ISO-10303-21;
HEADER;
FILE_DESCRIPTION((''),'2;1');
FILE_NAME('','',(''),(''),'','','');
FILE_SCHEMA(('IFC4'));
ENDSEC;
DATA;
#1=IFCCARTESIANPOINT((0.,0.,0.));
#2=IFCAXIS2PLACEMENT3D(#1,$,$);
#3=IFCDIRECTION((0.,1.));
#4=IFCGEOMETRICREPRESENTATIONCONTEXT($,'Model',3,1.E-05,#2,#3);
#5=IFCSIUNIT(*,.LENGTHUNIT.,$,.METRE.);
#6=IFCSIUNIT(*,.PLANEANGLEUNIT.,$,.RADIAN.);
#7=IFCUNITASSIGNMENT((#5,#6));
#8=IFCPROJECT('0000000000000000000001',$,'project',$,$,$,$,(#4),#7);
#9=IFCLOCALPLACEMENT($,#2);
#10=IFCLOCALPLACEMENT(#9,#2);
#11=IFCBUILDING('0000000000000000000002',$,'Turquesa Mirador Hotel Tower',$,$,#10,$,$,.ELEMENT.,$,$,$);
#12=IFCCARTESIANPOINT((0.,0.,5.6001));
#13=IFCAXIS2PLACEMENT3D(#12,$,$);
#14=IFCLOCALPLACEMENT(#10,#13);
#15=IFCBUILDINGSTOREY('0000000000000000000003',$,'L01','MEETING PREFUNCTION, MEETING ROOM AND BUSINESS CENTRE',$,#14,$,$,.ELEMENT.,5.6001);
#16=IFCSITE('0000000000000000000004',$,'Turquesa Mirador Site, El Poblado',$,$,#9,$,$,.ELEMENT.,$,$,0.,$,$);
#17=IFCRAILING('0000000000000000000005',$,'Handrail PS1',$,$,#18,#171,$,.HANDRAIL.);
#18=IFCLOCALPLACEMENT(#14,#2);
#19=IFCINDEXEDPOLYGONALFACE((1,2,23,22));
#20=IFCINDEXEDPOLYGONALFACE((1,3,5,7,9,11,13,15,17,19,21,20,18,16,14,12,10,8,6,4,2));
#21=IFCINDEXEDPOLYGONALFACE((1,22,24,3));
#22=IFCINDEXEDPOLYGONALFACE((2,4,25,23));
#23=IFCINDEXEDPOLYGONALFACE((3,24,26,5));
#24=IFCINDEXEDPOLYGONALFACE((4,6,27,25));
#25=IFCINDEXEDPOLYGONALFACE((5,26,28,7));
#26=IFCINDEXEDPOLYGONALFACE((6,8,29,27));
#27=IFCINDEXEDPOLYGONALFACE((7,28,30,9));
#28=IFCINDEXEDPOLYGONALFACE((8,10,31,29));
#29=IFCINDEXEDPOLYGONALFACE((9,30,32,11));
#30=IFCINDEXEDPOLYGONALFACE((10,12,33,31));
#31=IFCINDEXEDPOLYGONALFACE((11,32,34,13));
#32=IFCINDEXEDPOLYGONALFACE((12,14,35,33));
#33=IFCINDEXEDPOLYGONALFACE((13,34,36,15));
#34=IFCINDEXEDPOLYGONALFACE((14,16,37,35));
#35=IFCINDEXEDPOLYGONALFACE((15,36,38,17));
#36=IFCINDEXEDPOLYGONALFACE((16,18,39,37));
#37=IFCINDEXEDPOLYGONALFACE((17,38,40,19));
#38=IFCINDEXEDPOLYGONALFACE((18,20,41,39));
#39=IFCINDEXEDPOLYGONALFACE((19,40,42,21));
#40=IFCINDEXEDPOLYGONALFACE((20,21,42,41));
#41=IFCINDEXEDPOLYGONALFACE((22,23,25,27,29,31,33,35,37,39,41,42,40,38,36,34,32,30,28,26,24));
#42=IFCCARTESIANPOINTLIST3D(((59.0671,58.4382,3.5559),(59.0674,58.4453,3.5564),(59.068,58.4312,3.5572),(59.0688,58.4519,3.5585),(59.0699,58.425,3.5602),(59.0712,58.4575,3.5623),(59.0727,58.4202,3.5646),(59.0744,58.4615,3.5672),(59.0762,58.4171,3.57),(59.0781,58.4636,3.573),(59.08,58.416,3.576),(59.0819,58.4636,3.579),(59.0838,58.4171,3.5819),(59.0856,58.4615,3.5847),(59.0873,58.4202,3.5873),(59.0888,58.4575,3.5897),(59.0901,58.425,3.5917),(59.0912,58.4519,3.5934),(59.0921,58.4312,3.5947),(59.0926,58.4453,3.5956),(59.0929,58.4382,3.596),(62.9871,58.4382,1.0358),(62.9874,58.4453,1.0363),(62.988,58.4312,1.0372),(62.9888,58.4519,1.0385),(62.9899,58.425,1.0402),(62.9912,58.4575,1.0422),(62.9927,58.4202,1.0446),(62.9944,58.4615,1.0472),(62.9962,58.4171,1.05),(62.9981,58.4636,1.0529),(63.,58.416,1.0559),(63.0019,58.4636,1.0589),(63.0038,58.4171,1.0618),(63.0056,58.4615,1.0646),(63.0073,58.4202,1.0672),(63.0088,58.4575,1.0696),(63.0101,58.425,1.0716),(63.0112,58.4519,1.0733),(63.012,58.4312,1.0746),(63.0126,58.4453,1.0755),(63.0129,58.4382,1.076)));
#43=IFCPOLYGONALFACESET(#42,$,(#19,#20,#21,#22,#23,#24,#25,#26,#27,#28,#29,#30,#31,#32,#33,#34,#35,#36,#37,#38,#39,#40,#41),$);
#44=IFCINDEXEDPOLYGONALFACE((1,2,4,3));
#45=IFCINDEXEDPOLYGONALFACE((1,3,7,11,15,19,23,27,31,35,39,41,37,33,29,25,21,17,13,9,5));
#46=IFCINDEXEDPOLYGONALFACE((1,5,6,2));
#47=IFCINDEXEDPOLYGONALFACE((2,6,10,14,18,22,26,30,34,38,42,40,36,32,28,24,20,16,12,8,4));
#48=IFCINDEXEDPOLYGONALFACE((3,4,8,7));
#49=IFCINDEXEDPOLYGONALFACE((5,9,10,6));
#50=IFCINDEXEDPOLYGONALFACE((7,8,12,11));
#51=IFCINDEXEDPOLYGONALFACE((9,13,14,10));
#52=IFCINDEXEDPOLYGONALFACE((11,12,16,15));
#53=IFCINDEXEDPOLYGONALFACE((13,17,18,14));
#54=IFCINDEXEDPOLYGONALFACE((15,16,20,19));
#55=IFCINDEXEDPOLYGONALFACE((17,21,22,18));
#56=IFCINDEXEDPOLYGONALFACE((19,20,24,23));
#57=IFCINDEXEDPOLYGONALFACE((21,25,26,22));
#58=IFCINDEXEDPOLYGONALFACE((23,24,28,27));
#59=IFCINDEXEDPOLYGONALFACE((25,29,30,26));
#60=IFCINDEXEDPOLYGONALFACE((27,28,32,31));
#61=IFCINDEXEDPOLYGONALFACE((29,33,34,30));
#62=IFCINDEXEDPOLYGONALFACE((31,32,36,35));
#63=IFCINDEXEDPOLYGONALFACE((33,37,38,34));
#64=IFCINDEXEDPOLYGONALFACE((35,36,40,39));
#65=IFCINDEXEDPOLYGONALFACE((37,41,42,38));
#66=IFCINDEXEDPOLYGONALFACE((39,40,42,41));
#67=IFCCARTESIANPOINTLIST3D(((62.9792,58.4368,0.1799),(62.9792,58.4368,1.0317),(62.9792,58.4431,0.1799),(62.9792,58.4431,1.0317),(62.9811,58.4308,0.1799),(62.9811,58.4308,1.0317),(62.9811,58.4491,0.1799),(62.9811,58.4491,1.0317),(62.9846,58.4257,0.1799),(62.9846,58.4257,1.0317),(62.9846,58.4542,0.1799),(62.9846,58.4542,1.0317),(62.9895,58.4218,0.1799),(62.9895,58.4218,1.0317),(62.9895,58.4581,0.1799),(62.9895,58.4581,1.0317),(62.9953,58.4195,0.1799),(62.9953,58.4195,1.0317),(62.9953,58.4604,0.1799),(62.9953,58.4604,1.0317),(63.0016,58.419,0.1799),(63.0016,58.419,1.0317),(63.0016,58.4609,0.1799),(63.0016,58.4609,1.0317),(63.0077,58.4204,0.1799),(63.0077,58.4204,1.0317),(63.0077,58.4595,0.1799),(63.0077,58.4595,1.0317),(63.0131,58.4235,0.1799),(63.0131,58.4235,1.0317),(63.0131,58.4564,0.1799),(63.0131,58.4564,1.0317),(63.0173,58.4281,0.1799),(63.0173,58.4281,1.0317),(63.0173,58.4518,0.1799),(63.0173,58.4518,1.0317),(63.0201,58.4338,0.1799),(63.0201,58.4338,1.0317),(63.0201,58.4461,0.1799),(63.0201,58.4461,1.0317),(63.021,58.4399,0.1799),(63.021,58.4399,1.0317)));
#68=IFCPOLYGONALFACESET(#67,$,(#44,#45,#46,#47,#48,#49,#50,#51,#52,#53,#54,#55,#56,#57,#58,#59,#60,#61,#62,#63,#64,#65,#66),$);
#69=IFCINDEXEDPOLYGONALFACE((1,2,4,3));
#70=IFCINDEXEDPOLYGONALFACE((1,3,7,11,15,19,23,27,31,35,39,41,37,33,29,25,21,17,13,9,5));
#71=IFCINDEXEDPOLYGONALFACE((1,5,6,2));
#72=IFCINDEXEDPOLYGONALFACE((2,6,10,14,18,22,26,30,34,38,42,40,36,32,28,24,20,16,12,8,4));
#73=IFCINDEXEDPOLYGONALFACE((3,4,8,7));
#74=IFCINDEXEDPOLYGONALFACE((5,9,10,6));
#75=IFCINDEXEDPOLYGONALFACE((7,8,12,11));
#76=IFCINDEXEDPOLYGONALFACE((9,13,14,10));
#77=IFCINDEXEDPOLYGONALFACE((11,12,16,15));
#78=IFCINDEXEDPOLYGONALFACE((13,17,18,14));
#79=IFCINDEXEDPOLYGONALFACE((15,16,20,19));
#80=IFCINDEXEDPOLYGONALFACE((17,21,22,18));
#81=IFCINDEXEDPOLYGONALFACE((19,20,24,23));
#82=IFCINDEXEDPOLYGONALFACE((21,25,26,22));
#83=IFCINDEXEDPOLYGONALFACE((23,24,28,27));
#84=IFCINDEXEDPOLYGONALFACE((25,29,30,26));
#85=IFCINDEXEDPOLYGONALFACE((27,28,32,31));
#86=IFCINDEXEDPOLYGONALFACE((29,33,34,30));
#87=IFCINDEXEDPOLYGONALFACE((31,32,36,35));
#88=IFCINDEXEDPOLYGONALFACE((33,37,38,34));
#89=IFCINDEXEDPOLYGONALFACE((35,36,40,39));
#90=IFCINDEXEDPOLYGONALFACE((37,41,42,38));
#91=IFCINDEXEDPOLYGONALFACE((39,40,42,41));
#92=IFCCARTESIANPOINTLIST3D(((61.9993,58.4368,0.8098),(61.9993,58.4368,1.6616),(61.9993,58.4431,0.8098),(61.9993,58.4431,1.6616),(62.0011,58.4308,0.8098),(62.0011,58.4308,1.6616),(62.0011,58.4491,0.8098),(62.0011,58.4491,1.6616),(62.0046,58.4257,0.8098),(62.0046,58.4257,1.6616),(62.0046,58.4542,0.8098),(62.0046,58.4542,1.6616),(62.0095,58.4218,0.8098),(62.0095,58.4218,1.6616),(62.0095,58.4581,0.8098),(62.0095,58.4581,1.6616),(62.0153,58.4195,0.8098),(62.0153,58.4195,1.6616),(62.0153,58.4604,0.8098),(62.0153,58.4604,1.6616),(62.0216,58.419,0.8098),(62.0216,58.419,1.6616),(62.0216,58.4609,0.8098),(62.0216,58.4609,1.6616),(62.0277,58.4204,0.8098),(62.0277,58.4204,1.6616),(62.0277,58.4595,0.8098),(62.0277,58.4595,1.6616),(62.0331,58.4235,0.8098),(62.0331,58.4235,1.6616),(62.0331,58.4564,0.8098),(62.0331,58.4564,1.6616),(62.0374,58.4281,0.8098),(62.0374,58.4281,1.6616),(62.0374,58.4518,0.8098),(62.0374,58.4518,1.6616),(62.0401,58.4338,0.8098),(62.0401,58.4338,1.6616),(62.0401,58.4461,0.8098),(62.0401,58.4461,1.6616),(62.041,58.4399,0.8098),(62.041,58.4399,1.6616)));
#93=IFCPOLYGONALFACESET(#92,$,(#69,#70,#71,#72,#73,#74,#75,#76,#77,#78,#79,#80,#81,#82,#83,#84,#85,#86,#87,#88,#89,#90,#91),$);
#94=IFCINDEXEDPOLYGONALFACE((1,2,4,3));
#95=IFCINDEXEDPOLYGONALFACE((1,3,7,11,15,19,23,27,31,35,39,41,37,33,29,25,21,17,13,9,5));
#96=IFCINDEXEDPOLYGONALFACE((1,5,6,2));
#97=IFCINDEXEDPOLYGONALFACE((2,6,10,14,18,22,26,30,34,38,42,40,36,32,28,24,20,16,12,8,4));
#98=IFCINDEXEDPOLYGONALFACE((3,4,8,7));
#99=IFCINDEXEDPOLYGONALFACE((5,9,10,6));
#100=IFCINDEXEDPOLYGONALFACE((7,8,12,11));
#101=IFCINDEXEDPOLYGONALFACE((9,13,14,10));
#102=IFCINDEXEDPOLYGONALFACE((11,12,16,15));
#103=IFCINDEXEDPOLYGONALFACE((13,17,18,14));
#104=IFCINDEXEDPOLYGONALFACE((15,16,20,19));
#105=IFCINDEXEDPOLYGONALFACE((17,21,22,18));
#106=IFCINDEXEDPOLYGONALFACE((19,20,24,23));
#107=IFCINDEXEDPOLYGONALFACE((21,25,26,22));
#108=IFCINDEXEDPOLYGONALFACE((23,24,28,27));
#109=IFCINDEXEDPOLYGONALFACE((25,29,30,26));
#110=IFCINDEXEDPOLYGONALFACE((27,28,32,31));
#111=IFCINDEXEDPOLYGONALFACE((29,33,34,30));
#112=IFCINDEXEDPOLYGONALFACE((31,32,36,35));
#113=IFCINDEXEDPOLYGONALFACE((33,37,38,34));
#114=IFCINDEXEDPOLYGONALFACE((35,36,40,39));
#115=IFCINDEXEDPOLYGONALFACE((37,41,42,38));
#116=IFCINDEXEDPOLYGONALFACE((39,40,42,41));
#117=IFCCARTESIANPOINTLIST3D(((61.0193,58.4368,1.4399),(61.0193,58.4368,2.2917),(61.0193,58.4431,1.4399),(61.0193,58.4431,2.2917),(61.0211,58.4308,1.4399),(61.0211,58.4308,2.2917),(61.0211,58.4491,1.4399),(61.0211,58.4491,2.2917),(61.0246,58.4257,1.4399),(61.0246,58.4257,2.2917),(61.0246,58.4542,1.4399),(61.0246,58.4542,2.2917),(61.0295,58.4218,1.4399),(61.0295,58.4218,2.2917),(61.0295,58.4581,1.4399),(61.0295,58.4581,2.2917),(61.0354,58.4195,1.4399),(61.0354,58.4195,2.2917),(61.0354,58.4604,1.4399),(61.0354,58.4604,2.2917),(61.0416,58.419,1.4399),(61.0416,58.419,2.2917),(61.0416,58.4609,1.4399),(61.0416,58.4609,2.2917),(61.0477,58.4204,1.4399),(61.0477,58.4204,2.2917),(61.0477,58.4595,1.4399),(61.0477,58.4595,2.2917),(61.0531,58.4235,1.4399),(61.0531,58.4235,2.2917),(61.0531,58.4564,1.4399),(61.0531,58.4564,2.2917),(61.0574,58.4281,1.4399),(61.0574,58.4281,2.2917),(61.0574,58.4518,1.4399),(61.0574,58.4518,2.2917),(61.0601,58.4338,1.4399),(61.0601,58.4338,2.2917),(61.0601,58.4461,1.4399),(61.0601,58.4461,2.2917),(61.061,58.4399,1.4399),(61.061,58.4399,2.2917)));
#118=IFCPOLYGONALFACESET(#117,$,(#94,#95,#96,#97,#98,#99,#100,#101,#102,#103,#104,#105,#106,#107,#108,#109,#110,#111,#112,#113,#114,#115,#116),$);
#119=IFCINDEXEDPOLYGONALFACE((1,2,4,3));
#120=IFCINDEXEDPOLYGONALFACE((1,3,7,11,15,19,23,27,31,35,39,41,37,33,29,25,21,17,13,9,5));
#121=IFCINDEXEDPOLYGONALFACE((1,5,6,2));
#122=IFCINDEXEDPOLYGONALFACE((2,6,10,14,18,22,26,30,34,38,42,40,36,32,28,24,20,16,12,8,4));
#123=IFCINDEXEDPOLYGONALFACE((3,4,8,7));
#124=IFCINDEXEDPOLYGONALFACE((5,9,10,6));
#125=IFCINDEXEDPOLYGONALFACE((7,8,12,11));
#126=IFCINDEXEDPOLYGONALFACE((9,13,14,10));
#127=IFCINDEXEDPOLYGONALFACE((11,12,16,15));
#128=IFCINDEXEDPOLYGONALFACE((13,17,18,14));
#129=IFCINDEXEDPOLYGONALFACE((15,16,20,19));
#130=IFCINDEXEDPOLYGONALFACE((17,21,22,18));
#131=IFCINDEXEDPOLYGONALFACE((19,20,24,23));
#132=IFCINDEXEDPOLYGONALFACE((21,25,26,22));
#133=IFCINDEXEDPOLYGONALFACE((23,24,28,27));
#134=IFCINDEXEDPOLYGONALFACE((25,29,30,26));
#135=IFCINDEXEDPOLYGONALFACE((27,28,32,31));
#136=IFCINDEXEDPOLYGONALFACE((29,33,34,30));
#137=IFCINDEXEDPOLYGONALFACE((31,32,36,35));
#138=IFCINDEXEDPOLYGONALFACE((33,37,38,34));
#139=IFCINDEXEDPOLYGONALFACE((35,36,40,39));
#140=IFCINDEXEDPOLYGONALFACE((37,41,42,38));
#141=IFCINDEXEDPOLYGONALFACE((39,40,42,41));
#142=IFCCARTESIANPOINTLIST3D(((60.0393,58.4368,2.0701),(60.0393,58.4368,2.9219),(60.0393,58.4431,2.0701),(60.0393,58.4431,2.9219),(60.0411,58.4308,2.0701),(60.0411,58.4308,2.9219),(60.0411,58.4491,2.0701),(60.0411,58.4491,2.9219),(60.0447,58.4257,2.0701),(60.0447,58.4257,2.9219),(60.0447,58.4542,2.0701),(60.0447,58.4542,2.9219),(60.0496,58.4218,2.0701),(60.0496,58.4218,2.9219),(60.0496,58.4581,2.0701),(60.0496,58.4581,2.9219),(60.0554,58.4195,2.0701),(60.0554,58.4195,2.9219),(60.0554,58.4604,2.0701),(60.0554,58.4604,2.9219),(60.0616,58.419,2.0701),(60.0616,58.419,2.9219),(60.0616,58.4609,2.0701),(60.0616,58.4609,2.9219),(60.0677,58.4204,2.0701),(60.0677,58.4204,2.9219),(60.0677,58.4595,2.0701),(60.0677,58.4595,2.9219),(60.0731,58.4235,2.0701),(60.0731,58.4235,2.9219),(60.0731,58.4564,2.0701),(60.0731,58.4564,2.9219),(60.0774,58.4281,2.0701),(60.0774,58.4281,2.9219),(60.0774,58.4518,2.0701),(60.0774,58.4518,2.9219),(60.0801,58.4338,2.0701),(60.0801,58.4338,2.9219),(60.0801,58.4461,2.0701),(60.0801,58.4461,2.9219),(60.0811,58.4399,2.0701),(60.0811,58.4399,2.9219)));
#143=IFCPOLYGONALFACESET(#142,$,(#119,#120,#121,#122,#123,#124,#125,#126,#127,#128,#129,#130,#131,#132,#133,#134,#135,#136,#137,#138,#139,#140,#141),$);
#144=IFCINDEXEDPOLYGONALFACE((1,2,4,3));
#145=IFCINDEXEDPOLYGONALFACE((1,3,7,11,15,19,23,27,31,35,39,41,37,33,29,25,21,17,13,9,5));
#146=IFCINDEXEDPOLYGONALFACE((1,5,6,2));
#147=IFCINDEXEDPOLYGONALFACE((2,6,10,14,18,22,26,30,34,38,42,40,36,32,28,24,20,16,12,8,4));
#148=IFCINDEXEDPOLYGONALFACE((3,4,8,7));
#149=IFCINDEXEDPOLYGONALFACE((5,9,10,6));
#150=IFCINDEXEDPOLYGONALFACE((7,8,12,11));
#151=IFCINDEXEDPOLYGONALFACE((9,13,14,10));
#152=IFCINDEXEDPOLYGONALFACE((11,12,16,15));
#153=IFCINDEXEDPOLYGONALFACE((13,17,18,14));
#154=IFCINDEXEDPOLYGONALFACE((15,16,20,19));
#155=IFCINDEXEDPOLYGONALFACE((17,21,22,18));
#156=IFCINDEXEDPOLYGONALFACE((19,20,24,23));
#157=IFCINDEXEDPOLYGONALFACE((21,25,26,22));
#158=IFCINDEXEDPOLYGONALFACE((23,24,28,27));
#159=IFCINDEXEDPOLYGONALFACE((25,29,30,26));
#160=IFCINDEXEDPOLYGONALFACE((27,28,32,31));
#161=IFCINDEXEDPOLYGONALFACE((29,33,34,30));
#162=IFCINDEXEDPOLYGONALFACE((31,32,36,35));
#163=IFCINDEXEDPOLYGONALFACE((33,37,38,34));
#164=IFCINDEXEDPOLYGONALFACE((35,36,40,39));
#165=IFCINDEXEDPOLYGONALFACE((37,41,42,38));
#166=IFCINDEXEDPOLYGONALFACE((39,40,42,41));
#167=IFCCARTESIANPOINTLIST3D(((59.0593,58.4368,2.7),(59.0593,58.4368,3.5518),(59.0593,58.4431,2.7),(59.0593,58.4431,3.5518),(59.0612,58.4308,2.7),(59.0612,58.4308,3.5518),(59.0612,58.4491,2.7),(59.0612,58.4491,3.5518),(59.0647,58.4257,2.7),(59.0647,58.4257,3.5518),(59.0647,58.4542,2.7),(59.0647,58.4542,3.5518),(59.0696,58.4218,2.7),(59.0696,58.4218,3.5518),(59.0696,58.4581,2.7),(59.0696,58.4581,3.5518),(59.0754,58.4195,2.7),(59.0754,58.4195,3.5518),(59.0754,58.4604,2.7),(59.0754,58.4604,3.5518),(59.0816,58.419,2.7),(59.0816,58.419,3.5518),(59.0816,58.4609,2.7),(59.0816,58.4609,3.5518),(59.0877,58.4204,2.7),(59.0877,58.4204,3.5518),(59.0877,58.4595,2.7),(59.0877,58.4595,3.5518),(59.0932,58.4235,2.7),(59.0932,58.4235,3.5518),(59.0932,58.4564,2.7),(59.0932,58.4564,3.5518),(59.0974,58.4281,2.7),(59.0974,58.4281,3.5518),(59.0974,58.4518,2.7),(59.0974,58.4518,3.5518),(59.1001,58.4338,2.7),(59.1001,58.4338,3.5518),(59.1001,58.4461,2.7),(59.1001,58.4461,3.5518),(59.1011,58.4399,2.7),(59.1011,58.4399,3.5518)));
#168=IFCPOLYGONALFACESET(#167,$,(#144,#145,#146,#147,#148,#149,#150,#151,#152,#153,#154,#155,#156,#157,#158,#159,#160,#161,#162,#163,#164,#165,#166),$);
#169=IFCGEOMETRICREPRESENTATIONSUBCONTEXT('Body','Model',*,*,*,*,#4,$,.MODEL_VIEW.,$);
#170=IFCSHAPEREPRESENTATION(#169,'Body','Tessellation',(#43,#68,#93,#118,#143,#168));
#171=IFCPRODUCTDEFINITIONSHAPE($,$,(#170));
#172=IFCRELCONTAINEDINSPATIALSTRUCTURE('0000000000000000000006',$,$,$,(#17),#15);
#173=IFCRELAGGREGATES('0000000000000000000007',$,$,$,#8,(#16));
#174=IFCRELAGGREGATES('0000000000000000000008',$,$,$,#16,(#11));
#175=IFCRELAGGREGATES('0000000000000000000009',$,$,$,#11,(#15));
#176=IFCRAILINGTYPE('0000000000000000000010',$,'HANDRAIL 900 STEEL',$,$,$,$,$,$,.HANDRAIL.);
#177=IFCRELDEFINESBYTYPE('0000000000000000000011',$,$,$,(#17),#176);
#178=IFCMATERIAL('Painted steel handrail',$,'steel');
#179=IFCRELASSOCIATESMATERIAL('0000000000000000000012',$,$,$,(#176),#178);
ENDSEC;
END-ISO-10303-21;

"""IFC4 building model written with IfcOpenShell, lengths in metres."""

from ifc_helpers import new_model, si_unit, direction, frame, origin, origin_2d, place, context, subcontext, project, spatial, circle, extrude, material, type_object, element, save


model = new_model("IFC4")

# Units and contexts
model_context = context("Model", 3, precision=1e-05, world=origin(), true_north=direction((0.0, 1.0)))
body_context = subcontext(model_context, "Body", "Model", "MODEL_VIEW")
ifc_project = project(units=[si_unit("LENGTHUNIT", "METRE"), si_unit("PLANEANGLEUNIT", "RADIAN")], contexts=[model_context])

# Site, building, storey
site_placement = place(None, origin())
site = spatial("IfcSite", under=ifc_project, at=site_placement, Name="Turquesa Mirador Site, El Poblado", CompositionType="ELEMENT", RefElevation=0.0)
building_placement = place(site_placement, origin())
building = spatial("IfcBuilding", under=site, at=building_placement, Name="Turquesa Mirador Hotel Tower", CompositionType="ELEMENT")
storey_placement = place(building_placement, frame((0.0, 0.0, 5.6001)))
storey = spatial("IfcBuildingStorey", under=building, at=storey_placement, Name="L01", Description="MEETING PREFUNCTION, MEETING ROOM AND BUSINESS CENTRE", CompositionType="ELEMENT", Elevation=5.6001)

# Railing
ifc_material_1 = material(Name="Painted steel handrail", Category="steel")
railing_type = type_object("IfcRailingType", Name="HANDRAIL 900 STEEL", PredefinedType="HANDRAIL", material=ifc_material_1)
railing_1_placement = place(storey_placement, frame((63.0, 58.4399, 0.1799)))
element("IfcRailing", 1, at=railing_1_placement, inside=storey, type_object=railing_type, Name="Handrail PS1", PredefinedType="HANDRAIL", context=body_context, shape_type="SweptSolid", body=[
    extrude(circle(Radius=0.0239, at=origin_2d()), frame((0.0, 0.0, 0.876), z_axis=(-0.841172, 0.0, 0.540768), x_axis=(0.0, -1.0, 0.0)), (0.0, 0.0, 1.0), 4.6602),
    extrude(circle(Radius=0.021, at=origin_2d()), origin(), (0.0, 0.0, 1.0), 0.8518),
    extrude(circle(Radius=0.021, at=origin_2d()), frame((-0.98, 0.0, 0.6299)), (0.0, 0.0, 1.0), 0.8518),
    extrude(circle(Radius=0.021, at=origin_2d()), frame((-1.96, 0.0, 1.26)), (0.0, 0.0, 1.0), 0.8518),
    extrude(circle(Radius=0.021, at=origin_2d()), frame((-2.9399, 0.0, 1.8901)), (0.0, 0.0, 1.0), 0.8518),
    extrude(circle(Radius=0.021, at=origin_2d()), frame((-3.9199, 0.0, 2.52)), (0.0, 0.0, 1.0), 0.8518),
])

save(model, "model.ifc")
